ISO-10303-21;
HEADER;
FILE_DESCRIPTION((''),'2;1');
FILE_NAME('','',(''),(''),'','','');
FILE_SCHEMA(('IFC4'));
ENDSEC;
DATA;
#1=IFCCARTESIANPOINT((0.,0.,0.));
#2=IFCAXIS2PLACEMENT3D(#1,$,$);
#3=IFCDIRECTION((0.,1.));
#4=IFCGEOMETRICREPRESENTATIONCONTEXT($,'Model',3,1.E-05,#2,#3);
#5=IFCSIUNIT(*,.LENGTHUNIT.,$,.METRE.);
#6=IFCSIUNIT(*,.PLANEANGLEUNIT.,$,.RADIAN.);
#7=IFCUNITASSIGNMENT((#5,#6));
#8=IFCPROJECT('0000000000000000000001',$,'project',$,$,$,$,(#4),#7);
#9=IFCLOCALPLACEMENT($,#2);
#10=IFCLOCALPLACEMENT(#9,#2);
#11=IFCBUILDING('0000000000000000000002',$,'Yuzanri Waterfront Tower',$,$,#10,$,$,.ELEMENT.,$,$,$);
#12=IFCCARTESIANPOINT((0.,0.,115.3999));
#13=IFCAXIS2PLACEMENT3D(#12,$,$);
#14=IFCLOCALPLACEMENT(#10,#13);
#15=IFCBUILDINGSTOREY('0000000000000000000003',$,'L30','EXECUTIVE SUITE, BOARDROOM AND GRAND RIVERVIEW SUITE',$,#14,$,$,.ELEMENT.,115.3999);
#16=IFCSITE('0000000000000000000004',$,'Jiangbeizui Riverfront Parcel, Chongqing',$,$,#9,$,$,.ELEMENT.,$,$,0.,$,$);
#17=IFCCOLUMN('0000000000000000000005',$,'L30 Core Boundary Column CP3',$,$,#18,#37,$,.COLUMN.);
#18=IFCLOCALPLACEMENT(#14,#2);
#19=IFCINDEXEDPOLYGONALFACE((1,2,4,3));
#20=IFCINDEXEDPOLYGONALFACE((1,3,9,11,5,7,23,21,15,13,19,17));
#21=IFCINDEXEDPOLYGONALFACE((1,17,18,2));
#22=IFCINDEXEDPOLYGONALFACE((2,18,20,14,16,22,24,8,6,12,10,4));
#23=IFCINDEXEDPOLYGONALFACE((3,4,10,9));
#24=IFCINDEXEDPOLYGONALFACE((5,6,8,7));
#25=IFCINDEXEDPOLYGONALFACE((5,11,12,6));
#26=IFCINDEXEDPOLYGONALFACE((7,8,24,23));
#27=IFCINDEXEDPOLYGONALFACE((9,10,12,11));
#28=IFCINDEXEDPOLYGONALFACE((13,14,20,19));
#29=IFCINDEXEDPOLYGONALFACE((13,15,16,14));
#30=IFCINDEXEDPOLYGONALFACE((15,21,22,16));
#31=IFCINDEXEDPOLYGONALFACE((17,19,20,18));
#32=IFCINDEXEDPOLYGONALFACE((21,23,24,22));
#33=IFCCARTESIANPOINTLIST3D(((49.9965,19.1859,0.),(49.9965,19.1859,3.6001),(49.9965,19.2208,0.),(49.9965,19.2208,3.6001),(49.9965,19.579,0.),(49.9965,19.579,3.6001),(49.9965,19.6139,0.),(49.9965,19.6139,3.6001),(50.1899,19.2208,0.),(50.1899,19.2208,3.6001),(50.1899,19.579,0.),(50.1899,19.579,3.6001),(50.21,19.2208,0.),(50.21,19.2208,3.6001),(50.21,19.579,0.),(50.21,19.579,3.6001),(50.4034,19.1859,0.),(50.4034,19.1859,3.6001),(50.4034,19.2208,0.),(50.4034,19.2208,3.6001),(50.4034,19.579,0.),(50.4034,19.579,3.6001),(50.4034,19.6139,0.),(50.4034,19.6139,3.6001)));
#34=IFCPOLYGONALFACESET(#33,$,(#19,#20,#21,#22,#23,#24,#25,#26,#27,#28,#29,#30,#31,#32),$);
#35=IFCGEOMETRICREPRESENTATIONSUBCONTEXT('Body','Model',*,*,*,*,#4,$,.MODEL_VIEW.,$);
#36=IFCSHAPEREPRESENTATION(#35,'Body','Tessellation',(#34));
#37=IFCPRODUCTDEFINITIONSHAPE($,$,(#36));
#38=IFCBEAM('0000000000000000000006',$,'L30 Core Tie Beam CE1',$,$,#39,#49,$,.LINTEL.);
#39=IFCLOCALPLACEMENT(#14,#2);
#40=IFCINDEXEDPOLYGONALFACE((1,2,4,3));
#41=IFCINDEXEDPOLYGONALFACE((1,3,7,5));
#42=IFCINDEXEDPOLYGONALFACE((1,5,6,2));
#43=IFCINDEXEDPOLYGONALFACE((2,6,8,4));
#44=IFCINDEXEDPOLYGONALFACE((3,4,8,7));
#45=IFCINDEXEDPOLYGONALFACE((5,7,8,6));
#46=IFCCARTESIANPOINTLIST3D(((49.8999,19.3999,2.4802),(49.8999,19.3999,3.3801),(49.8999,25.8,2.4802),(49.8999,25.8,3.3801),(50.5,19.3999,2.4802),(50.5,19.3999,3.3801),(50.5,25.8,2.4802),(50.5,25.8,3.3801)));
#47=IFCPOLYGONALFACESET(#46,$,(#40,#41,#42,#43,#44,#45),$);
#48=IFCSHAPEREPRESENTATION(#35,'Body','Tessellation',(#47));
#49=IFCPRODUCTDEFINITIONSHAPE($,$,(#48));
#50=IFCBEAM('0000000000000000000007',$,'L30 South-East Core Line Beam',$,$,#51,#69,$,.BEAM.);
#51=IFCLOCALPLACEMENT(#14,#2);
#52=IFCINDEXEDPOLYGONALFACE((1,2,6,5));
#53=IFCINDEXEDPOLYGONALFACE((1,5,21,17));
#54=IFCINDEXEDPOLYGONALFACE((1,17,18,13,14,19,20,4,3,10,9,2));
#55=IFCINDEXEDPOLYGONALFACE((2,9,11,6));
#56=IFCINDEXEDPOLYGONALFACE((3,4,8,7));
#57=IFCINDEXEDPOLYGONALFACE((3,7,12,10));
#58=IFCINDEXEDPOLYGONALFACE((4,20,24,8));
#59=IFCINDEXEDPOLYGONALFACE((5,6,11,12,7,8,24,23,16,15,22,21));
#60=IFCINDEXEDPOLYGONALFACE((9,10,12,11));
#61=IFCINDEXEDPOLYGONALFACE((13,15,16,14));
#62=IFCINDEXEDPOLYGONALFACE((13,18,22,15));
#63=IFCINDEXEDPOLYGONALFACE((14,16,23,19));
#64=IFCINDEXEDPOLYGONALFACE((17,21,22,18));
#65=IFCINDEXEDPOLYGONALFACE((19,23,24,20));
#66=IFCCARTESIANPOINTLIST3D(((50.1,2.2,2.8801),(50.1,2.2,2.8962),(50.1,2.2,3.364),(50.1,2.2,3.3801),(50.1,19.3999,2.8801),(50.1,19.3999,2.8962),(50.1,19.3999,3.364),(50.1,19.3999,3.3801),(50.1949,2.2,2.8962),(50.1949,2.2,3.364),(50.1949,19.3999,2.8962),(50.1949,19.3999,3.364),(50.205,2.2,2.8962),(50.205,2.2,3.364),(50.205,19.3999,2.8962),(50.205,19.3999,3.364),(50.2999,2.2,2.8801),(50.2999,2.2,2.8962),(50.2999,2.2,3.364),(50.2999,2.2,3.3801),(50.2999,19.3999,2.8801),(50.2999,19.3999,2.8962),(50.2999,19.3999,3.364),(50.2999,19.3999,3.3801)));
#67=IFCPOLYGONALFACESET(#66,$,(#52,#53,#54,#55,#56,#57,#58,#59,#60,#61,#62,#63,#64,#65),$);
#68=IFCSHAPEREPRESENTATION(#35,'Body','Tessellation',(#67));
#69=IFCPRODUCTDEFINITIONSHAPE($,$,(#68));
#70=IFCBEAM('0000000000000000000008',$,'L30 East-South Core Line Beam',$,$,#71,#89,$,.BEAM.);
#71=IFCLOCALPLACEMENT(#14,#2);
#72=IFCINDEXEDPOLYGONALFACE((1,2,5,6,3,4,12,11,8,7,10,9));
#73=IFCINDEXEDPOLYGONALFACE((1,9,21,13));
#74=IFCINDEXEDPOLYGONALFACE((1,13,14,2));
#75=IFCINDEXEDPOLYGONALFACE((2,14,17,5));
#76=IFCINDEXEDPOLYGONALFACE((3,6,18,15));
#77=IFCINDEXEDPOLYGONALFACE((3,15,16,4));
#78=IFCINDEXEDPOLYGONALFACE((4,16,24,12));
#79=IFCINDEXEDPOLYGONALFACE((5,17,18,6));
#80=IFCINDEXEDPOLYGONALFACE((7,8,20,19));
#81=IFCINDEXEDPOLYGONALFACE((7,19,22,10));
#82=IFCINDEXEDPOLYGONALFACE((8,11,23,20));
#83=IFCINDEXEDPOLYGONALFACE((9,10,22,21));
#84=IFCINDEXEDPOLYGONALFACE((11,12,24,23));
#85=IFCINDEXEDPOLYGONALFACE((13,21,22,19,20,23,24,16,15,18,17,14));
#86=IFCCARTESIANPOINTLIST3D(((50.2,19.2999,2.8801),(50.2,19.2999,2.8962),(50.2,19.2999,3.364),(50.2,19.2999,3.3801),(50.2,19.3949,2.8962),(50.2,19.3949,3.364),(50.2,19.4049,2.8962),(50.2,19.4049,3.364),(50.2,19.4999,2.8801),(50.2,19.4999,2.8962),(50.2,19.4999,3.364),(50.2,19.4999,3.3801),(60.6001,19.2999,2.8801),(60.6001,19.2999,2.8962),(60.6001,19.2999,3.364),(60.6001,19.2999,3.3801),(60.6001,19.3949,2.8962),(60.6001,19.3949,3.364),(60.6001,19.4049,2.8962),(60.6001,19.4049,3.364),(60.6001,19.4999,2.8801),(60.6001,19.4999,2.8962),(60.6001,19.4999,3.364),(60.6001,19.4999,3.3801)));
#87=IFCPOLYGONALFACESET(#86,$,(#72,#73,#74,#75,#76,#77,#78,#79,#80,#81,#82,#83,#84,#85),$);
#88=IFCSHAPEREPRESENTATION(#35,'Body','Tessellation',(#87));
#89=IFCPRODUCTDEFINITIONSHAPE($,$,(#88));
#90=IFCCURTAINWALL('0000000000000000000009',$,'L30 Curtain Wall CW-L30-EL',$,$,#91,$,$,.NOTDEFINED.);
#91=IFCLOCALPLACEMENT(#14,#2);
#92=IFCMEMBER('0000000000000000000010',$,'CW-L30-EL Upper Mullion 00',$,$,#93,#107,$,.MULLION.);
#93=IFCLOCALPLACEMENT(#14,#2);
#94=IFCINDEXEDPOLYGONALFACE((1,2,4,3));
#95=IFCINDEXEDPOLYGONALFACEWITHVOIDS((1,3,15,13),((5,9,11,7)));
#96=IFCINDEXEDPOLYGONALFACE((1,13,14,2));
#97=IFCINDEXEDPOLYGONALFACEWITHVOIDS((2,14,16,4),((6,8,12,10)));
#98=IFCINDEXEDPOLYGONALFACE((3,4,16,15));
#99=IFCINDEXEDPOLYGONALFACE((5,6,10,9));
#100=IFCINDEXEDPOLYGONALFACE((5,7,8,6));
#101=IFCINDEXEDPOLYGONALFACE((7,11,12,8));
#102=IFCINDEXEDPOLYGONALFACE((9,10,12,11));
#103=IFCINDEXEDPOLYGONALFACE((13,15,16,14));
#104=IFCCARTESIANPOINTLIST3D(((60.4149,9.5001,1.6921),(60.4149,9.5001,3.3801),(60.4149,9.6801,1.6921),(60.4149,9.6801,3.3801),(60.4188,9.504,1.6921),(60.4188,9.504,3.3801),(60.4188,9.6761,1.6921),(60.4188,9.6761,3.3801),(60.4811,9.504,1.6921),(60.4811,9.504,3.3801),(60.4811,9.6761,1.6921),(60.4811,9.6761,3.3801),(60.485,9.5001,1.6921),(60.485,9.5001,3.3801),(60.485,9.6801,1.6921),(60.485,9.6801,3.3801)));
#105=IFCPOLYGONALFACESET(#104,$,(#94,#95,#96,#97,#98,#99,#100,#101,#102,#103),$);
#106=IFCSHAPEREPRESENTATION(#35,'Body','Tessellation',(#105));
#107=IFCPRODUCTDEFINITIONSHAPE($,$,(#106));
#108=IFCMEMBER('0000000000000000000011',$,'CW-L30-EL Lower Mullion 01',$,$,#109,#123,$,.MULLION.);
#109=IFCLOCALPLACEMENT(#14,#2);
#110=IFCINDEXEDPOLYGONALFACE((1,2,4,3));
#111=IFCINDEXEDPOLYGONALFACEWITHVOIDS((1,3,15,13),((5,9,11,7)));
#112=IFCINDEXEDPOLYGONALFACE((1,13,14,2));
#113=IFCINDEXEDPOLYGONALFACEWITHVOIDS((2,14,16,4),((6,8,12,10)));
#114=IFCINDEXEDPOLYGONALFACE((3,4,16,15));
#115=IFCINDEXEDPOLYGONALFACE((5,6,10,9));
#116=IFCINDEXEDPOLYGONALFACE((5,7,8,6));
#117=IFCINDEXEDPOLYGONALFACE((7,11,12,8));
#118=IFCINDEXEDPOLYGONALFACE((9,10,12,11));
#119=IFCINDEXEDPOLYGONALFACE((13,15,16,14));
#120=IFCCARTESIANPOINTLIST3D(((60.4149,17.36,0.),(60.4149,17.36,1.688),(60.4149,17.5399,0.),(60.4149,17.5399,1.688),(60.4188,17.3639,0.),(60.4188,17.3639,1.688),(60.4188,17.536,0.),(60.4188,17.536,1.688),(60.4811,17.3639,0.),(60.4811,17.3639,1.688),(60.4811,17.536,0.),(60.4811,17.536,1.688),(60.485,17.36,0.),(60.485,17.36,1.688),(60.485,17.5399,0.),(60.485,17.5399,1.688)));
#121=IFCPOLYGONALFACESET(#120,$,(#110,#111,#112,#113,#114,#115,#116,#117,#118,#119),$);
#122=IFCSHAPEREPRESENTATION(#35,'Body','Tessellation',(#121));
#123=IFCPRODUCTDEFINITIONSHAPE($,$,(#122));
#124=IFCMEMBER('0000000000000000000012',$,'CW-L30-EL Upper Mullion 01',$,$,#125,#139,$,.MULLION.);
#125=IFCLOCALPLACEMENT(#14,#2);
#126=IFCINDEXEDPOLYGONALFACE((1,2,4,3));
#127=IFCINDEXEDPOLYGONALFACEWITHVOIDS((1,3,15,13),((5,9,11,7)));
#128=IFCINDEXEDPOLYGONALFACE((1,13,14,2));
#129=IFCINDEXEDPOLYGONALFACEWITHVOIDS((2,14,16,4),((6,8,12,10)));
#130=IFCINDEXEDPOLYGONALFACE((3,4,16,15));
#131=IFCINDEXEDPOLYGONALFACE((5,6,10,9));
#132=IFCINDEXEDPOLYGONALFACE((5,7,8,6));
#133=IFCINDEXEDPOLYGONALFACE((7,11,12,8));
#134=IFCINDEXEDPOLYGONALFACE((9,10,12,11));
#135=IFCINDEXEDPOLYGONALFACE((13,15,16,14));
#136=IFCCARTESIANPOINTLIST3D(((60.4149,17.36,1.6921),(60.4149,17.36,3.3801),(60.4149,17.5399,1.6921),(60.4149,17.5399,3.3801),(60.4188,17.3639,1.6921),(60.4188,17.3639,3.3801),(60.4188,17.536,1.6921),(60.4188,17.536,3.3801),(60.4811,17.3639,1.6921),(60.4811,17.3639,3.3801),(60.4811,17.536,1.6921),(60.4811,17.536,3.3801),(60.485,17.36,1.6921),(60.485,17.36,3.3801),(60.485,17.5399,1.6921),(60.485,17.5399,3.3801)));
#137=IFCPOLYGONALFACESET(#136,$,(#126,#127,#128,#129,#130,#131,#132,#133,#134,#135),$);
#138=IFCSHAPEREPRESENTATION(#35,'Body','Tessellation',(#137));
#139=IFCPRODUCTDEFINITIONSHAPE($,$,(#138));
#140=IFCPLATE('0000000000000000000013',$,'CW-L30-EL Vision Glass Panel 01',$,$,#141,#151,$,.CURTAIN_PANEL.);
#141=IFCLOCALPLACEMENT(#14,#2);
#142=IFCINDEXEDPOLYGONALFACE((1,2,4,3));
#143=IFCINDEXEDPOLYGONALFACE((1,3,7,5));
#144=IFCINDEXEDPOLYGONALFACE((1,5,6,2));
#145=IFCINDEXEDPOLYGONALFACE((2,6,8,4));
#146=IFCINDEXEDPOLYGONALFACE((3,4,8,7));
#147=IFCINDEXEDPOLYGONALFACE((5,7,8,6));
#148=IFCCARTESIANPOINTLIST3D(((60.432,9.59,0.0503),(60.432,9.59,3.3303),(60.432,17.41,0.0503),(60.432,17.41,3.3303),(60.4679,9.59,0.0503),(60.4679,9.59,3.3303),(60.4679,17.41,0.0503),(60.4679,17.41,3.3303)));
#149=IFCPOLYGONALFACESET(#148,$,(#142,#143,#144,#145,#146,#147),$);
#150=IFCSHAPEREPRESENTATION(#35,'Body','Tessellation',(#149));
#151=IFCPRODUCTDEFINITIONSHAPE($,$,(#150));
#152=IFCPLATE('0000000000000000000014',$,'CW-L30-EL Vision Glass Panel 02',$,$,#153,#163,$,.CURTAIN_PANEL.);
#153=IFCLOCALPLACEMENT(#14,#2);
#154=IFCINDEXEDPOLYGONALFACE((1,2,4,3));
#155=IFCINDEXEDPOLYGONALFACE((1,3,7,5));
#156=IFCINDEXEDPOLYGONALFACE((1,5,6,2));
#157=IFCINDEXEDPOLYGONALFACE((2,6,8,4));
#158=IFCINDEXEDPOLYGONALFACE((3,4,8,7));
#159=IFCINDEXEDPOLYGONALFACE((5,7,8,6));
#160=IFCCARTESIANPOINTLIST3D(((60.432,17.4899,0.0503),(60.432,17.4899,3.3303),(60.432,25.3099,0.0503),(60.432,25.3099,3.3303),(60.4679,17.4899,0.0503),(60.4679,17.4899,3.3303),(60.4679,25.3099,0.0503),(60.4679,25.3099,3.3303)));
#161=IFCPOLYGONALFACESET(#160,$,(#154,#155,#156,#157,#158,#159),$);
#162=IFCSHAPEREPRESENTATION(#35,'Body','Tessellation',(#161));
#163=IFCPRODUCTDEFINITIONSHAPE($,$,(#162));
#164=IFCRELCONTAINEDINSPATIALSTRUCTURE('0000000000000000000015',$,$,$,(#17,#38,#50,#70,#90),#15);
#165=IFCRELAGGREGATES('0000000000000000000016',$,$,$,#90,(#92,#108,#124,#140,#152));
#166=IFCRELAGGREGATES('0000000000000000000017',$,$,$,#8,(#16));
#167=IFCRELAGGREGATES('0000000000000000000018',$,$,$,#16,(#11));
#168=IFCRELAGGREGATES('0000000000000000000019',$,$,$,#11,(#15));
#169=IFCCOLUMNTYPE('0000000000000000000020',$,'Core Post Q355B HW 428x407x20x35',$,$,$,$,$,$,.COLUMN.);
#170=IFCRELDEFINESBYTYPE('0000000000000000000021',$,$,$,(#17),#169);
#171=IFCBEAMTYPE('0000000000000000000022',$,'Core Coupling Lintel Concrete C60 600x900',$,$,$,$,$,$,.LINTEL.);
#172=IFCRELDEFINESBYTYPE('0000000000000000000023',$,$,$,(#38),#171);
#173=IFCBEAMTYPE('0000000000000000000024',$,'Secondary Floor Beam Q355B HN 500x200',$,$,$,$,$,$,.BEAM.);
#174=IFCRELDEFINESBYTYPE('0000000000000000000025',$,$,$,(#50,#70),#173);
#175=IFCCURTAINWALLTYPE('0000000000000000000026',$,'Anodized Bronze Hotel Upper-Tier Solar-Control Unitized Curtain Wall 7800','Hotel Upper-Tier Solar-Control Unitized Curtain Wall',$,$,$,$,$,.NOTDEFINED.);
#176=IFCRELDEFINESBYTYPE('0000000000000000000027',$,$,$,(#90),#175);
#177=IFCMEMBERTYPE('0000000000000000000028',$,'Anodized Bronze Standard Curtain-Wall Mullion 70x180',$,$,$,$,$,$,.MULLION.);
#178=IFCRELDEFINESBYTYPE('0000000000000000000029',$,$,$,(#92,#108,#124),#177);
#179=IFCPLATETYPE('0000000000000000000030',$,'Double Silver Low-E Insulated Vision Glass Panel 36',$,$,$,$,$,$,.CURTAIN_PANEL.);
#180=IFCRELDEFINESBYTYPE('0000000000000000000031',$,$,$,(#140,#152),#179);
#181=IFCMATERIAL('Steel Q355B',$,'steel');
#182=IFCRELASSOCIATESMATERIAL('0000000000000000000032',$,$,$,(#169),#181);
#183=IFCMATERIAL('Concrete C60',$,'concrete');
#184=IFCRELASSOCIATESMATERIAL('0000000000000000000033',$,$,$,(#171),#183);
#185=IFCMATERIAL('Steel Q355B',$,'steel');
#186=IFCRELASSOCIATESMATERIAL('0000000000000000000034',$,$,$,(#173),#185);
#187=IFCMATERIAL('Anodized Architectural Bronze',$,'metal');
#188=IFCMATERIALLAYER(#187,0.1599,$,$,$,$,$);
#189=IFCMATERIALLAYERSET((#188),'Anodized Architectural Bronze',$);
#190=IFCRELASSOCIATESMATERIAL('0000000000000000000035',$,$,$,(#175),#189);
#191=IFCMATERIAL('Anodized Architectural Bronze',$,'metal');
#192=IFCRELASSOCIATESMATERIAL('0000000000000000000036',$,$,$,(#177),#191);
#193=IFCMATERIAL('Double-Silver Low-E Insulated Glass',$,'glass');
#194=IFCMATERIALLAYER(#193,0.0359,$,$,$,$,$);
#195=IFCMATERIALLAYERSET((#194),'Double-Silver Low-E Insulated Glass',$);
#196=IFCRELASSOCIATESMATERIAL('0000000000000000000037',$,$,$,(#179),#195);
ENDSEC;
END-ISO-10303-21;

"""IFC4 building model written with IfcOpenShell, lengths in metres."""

from ifc_helpers import new_model, si_unit, direction, frame, origin, origin_2d, place, context, subcontext, project, spatial, rectangle, hollow_rectangle, i_section, extrude, source, transform, mapped, material, layer, layer_set, material_profile, profile_set, type_object, element, aggregate, save


model = new_model("IFC4")

# Units and contexts
model_context = context("Model", 3, precision=1e-05, world=origin(), true_north=direction((0.0, 1.0)))
body_context = subcontext(model_context, "Body", "Model", "MODEL_VIEW")
ifc_project = project(units=[si_unit("LENGTHUNIT", "METRE"), si_unit("PLANEANGLEUNIT", "RADIAN")], contexts=[model_context])

# Site, building, storey
site_placement = place(None, origin())
site = spatial("IfcSite", under=ifc_project, at=site_placement, Name="Jiangbeizui Riverfront Parcel, Chongqing", CompositionType="ELEMENT", RefElevation=0.0)
building_placement = place(site_placement, origin())
building = spatial("IfcBuilding", under=site, at=building_placement, Name="Yuzanri Waterfront Tower", CompositionType="ELEMENT")
storey_placement = place(building_placement, frame((0.0, 0.0, 115.3999)))
storey = spatial("IfcBuildingStorey", under=building, at=storey_placement, Name="L30", Description="EXECUTIVE SUITE, BOARDROOM AND GRAND RIVERVIEW SUITE", CompositionType="ELEMENT", Elevation=115.3999)

# Column
ifc_material_1 = material(Name="Steel Q355B", Category="steel")
ifc_material_profile_1 = material_profile(ifc_material_1, i_section(OverallWidth=0.407, OverallDepth=0.428, WebThickness=0.02, FlangeThickness=0.0349, at=origin_2d()), Name="HW 428x407x20x35")
ifc_profile_set_1 = profile_set([ifc_material_profile_1], Name="Steel Q355B")
column_type = type_object("IfcColumnType", Name="Core Post Q355B HW 428x407x20x35", PredefinedType="COLUMN", material=ifc_profile_set_1)
shared_shape_1 = source(origin(), body_context, "Body", "SweptSolid", [
    extrude(i_section(OverallWidth=0.407, OverallDepth=0.428, WebThickness=0.02, FlangeThickness=0.0349, at=origin_2d()), origin(), (0.0, 0.0, 1.0), 3.6001),
])
column_placement = place(storey_placement, frame((50.2, 19.3999, 0.0), z_axis=(0.0, 0.0, 1.0), x_axis=(1.0, 0.0, 0.0)))
element("IfcColumn", 1, at=column_placement, inside=storey, type_object=column_type, Name="L30 Core Boundary Column CP3", PredefinedType="COLUMN", context=body_context, shape_type="MappedRepresentation", body=[
    mapped(shared_shape_1, transform((0.0, 0.0, 0.0), scale=1.0)),
])

# Beams
ifc_material_2 = material(Name="Concrete C60", Category="concrete")
ifc_material_profile_2 = material_profile(ifc_material_2, rectangle(XDim=0.6001, YDim=0.8999, at=origin_2d()), Name="RC 600x900")
ifc_profile_set_2 = profile_set([ifc_material_profile_2], Name="Concrete C60")
beam_type_1 = type_object("IfcBeamType", Name="Core Coupling Lintel Concrete C60 600x900", PredefinedType="LINTEL", material=ifc_profile_set_2)
shared_shape_2 = source(origin(), body_context, "Body", "SweptSolid", [
    extrude(rectangle(XDim=0.6001, YDim=0.8999, at=origin_2d()), origin(), (0.0, 0.0, 1.0), 6.4001),
])
beam_1_placement = place(storey_placement, frame((50.2, 19.3999, 2.9302), z_axis=(0.0, 1.0, 0.0), x_axis=(-1.0, 0.0, 0.0)))
element("IfcBeam", 2, at=beam_1_placement, inside=storey, type_object=beam_type_1, Name="L30 Core Tie Beam CE1", PredefinedType="LINTEL", context=body_context, shape_type="MappedRepresentation", body=[
    mapped(shared_shape_2, transform((0.0, 0.0, 0.0), scale=1.0)),
])
ifc_material_3 = material(Name="Steel Q355B", Category="steel")
ifc_material_profile_3 = material_profile(ifc_material_3, i_section(OverallWidth=0.2, OverallDepth=0.5, WebThickness=0.01, FlangeThickness=0.0161, at=origin_2d()), Name="HN 500x200x10x16")
ifc_profile_set_3 = profile_set([ifc_material_profile_3], Name="Steel Q355B")
beam_type_2 = type_object("IfcBeamType", Name="Secondary Floor Beam Q355B HN 500x200", PredefinedType="BEAM", material=ifc_profile_set_3)
shared_shape_3 = source(origin(), body_context, "Body", "SweptSolid", [
    extrude(i_section(OverallWidth=0.2, OverallDepth=0.5, WebThickness=0.01, FlangeThickness=0.0161, at=origin_2d()), origin(), (0.0, 0.0, 1.0), 17.2),
])
beam_2_placement = place(storey_placement, frame((50.2, 19.3999, 3.1301), z_axis=(0.0, -1.0, 0.0), x_axis=(1.0, 0.0, 0.0)))
element("IfcBeam", 3, at=beam_2_placement, inside=storey, type_object=beam_type_2, Name="L30 South-East Core Line Beam", PredefinedType="BEAM", context=body_context, shape_type="MappedRepresentation", body=[
    mapped(shared_shape_3, transform((0.0, 0.0, 0.0), scale=1.0)),
])
shared_shape_4 = source(origin(), body_context, "Body", "SweptSolid", [
    extrude(i_section(OverallWidth=0.2, OverallDepth=0.5, WebThickness=0.01, FlangeThickness=0.0161, at=origin_2d()), origin(), (0.0, 0.0, 1.0), 10.4001),
])
beam_3_placement = place(storey_placement, frame((50.2, 19.3999, 3.1301), z_axis=(1.0, 0.0, 0.0), x_axis=(0.0, 1.0, 0.0)))
element("IfcBeam", 4, at=beam_3_placement, inside=storey, type_object=beam_type_2, Name="L30 East-South Core Line Beam", PredefinedType="BEAM", context=body_context, shape_type="MappedRepresentation", body=[
    mapped(shared_shape_4, transform((0.0, 0.0, 0.0), scale=1.0)),
])

# Curtain wall, members, plates
ifc_material_4 = material(Name="Anodized Architectural Bronze", Category="metal")
ifc_layer_1 = layer(ifc_material_4, 0.1599)
ifc_layer_set_1 = layer_set([ifc_layer_1], Name="Anodized Architectural Bronze")
curtain_wall_type = type_object("IfcCurtainWallType", Name="Anodized Bronze Hotel Upper-Tier Solar-Control Unitized Curtain Wall 7800", Description="Hotel Upper-Tier Solar-Control Unitized Curtain Wall", PredefinedType="NOTDEFINED", material=ifc_layer_set_1)
curtain_wall_placement = place(storey_placement, origin())
curtain_wall = element("IfcCurtainWall", 5, at=curtain_wall_placement, inside=storey, type_object=curtain_wall_type, Name="L30 Curtain Wall CW-L30-EL", PredefinedType="NOTDEFINED")
ifc_material_5 = material(Name="Anodized Architectural Bronze", Category="metal")
ifc_material_profile_4 = material_profile(ifc_material_5, hollow_rectangle(XDim=0.0701, YDim=0.1799, WallThickness=0.0039, at=origin_2d()), Name="CWM 70x180")
ifc_profile_set_4 = profile_set([ifc_material_profile_4], Name="Anodized Architectural Bronze")
member_type = type_object("IfcMemberType", Name="Anodized Bronze Standard Curtain-Wall Mullion 70x180", PredefinedType="MULLION", material=ifc_profile_set_4)
shared_shape_5 = source(origin(), body_context, "Body", "SweptSolid", [
    extrude(hollow_rectangle(XDim=0.0701, YDim=0.1799, WallThickness=0.0039, at=origin_2d()), origin(), (0.0, 0.0, 1.0), 1.688),
])
member_1_placement = place(storey_placement, frame((60.45, 9.5901, 1.6921), z_axis=(0.0, 0.0, 1.0), x_axis=(1.0, 0.0, 0.0)))
member_1 = element("IfcMember", 6, at=member_1_placement, type_object=member_type, Name="CW-L30-EL Upper Mullion 00", PredefinedType="MULLION", context=body_context, shape_type="MappedRepresentation", body=[
    mapped(shared_shape_5, transform((0.0, 0.0, 0.0), scale=1.0)),
])
member_2_placement = place(storey_placement, frame((60.45, 17.45, 0.0), z_axis=(0.0, 0.0, 1.0), x_axis=(1.0, 0.0, 0.0)))
member_2 = element("IfcMember", 7, at=member_2_placement, type_object=member_type, Name="CW-L30-EL Lower Mullion 01", PredefinedType="MULLION", context=body_context, shape_type="MappedRepresentation", body=[
    mapped(shared_shape_5, transform((0.0, 0.0, 0.0), scale=1.0)),
])
member_3_placement = place(storey_placement, frame((60.45, 17.45, 1.6921), z_axis=(0.0, 0.0, 1.0), x_axis=(1.0, 0.0, 0.0)))
member_3 = element("IfcMember", 8, at=member_3_placement, type_object=member_type, Name="CW-L30-EL Upper Mullion 01", PredefinedType="MULLION", context=body_context, shape_type="MappedRepresentation", body=[
    mapped(shared_shape_5, transform((0.0, 0.0, 0.0), scale=1.0)),
])
ifc_material_6 = material(Name="Double-Silver Low-E Insulated Glass", Category="glass")
ifc_layer_2 = layer(ifc_material_6, 0.0359)
ifc_layer_set_2 = layer_set([ifc_layer_2], Name="Double-Silver Low-E Insulated Glass")
plate_type = type_object("IfcPlateType", Name="Double Silver Low-E Insulated Vision Glass Panel 36", PredefinedType="CURTAIN_PANEL", material=ifc_layer_set_2)
shared_shape_6 = source(origin(), body_context, "Body", "SweptSolid", [
    extrude(rectangle(XDim=7.8201, YDim=0.0359, at=origin_2d()), origin(), (0.0, 0.0, 1.0), 3.28),
])
plate_1_placement = place(storey_placement, frame((60.45, 13.5, 0.0503), z_axis=(0.0, 0.0, 1.0), x_axis=(0.0, 1.0, 0.0)))
plate_1 = element("IfcPlate", 9, at=plate_1_placement, type_object=plate_type, Name="CW-L30-EL Vision Glass Panel 01", PredefinedType="CURTAIN_PANEL", context=body_context, shape_type="MappedRepresentation", body=[
    mapped(shared_shape_6, transform((0.0, 0.0, 0.0), scale=1.0)),
])
plate_2_placement = place(storey_placement, frame((60.45, 21.3999, 0.0503), z_axis=(0.0, 0.0, 1.0), x_axis=(0.0, 1.0, 0.0)))
plate_2 = element("IfcPlate", 10, at=plate_2_placement, type_object=plate_type, Name="CW-L30-EL Vision Glass Panel 02", PredefinedType="CURTAIN_PANEL", context=body_context, shape_type="MappedRepresentation", body=[
    mapped(shared_shape_6, transform((0.0, 0.0, 0.0), scale=1.0)),
])
aggregate(curtain_wall, [member_1, member_2, member_3, plate_1, plate_2])

save(model, "model.ifc")
